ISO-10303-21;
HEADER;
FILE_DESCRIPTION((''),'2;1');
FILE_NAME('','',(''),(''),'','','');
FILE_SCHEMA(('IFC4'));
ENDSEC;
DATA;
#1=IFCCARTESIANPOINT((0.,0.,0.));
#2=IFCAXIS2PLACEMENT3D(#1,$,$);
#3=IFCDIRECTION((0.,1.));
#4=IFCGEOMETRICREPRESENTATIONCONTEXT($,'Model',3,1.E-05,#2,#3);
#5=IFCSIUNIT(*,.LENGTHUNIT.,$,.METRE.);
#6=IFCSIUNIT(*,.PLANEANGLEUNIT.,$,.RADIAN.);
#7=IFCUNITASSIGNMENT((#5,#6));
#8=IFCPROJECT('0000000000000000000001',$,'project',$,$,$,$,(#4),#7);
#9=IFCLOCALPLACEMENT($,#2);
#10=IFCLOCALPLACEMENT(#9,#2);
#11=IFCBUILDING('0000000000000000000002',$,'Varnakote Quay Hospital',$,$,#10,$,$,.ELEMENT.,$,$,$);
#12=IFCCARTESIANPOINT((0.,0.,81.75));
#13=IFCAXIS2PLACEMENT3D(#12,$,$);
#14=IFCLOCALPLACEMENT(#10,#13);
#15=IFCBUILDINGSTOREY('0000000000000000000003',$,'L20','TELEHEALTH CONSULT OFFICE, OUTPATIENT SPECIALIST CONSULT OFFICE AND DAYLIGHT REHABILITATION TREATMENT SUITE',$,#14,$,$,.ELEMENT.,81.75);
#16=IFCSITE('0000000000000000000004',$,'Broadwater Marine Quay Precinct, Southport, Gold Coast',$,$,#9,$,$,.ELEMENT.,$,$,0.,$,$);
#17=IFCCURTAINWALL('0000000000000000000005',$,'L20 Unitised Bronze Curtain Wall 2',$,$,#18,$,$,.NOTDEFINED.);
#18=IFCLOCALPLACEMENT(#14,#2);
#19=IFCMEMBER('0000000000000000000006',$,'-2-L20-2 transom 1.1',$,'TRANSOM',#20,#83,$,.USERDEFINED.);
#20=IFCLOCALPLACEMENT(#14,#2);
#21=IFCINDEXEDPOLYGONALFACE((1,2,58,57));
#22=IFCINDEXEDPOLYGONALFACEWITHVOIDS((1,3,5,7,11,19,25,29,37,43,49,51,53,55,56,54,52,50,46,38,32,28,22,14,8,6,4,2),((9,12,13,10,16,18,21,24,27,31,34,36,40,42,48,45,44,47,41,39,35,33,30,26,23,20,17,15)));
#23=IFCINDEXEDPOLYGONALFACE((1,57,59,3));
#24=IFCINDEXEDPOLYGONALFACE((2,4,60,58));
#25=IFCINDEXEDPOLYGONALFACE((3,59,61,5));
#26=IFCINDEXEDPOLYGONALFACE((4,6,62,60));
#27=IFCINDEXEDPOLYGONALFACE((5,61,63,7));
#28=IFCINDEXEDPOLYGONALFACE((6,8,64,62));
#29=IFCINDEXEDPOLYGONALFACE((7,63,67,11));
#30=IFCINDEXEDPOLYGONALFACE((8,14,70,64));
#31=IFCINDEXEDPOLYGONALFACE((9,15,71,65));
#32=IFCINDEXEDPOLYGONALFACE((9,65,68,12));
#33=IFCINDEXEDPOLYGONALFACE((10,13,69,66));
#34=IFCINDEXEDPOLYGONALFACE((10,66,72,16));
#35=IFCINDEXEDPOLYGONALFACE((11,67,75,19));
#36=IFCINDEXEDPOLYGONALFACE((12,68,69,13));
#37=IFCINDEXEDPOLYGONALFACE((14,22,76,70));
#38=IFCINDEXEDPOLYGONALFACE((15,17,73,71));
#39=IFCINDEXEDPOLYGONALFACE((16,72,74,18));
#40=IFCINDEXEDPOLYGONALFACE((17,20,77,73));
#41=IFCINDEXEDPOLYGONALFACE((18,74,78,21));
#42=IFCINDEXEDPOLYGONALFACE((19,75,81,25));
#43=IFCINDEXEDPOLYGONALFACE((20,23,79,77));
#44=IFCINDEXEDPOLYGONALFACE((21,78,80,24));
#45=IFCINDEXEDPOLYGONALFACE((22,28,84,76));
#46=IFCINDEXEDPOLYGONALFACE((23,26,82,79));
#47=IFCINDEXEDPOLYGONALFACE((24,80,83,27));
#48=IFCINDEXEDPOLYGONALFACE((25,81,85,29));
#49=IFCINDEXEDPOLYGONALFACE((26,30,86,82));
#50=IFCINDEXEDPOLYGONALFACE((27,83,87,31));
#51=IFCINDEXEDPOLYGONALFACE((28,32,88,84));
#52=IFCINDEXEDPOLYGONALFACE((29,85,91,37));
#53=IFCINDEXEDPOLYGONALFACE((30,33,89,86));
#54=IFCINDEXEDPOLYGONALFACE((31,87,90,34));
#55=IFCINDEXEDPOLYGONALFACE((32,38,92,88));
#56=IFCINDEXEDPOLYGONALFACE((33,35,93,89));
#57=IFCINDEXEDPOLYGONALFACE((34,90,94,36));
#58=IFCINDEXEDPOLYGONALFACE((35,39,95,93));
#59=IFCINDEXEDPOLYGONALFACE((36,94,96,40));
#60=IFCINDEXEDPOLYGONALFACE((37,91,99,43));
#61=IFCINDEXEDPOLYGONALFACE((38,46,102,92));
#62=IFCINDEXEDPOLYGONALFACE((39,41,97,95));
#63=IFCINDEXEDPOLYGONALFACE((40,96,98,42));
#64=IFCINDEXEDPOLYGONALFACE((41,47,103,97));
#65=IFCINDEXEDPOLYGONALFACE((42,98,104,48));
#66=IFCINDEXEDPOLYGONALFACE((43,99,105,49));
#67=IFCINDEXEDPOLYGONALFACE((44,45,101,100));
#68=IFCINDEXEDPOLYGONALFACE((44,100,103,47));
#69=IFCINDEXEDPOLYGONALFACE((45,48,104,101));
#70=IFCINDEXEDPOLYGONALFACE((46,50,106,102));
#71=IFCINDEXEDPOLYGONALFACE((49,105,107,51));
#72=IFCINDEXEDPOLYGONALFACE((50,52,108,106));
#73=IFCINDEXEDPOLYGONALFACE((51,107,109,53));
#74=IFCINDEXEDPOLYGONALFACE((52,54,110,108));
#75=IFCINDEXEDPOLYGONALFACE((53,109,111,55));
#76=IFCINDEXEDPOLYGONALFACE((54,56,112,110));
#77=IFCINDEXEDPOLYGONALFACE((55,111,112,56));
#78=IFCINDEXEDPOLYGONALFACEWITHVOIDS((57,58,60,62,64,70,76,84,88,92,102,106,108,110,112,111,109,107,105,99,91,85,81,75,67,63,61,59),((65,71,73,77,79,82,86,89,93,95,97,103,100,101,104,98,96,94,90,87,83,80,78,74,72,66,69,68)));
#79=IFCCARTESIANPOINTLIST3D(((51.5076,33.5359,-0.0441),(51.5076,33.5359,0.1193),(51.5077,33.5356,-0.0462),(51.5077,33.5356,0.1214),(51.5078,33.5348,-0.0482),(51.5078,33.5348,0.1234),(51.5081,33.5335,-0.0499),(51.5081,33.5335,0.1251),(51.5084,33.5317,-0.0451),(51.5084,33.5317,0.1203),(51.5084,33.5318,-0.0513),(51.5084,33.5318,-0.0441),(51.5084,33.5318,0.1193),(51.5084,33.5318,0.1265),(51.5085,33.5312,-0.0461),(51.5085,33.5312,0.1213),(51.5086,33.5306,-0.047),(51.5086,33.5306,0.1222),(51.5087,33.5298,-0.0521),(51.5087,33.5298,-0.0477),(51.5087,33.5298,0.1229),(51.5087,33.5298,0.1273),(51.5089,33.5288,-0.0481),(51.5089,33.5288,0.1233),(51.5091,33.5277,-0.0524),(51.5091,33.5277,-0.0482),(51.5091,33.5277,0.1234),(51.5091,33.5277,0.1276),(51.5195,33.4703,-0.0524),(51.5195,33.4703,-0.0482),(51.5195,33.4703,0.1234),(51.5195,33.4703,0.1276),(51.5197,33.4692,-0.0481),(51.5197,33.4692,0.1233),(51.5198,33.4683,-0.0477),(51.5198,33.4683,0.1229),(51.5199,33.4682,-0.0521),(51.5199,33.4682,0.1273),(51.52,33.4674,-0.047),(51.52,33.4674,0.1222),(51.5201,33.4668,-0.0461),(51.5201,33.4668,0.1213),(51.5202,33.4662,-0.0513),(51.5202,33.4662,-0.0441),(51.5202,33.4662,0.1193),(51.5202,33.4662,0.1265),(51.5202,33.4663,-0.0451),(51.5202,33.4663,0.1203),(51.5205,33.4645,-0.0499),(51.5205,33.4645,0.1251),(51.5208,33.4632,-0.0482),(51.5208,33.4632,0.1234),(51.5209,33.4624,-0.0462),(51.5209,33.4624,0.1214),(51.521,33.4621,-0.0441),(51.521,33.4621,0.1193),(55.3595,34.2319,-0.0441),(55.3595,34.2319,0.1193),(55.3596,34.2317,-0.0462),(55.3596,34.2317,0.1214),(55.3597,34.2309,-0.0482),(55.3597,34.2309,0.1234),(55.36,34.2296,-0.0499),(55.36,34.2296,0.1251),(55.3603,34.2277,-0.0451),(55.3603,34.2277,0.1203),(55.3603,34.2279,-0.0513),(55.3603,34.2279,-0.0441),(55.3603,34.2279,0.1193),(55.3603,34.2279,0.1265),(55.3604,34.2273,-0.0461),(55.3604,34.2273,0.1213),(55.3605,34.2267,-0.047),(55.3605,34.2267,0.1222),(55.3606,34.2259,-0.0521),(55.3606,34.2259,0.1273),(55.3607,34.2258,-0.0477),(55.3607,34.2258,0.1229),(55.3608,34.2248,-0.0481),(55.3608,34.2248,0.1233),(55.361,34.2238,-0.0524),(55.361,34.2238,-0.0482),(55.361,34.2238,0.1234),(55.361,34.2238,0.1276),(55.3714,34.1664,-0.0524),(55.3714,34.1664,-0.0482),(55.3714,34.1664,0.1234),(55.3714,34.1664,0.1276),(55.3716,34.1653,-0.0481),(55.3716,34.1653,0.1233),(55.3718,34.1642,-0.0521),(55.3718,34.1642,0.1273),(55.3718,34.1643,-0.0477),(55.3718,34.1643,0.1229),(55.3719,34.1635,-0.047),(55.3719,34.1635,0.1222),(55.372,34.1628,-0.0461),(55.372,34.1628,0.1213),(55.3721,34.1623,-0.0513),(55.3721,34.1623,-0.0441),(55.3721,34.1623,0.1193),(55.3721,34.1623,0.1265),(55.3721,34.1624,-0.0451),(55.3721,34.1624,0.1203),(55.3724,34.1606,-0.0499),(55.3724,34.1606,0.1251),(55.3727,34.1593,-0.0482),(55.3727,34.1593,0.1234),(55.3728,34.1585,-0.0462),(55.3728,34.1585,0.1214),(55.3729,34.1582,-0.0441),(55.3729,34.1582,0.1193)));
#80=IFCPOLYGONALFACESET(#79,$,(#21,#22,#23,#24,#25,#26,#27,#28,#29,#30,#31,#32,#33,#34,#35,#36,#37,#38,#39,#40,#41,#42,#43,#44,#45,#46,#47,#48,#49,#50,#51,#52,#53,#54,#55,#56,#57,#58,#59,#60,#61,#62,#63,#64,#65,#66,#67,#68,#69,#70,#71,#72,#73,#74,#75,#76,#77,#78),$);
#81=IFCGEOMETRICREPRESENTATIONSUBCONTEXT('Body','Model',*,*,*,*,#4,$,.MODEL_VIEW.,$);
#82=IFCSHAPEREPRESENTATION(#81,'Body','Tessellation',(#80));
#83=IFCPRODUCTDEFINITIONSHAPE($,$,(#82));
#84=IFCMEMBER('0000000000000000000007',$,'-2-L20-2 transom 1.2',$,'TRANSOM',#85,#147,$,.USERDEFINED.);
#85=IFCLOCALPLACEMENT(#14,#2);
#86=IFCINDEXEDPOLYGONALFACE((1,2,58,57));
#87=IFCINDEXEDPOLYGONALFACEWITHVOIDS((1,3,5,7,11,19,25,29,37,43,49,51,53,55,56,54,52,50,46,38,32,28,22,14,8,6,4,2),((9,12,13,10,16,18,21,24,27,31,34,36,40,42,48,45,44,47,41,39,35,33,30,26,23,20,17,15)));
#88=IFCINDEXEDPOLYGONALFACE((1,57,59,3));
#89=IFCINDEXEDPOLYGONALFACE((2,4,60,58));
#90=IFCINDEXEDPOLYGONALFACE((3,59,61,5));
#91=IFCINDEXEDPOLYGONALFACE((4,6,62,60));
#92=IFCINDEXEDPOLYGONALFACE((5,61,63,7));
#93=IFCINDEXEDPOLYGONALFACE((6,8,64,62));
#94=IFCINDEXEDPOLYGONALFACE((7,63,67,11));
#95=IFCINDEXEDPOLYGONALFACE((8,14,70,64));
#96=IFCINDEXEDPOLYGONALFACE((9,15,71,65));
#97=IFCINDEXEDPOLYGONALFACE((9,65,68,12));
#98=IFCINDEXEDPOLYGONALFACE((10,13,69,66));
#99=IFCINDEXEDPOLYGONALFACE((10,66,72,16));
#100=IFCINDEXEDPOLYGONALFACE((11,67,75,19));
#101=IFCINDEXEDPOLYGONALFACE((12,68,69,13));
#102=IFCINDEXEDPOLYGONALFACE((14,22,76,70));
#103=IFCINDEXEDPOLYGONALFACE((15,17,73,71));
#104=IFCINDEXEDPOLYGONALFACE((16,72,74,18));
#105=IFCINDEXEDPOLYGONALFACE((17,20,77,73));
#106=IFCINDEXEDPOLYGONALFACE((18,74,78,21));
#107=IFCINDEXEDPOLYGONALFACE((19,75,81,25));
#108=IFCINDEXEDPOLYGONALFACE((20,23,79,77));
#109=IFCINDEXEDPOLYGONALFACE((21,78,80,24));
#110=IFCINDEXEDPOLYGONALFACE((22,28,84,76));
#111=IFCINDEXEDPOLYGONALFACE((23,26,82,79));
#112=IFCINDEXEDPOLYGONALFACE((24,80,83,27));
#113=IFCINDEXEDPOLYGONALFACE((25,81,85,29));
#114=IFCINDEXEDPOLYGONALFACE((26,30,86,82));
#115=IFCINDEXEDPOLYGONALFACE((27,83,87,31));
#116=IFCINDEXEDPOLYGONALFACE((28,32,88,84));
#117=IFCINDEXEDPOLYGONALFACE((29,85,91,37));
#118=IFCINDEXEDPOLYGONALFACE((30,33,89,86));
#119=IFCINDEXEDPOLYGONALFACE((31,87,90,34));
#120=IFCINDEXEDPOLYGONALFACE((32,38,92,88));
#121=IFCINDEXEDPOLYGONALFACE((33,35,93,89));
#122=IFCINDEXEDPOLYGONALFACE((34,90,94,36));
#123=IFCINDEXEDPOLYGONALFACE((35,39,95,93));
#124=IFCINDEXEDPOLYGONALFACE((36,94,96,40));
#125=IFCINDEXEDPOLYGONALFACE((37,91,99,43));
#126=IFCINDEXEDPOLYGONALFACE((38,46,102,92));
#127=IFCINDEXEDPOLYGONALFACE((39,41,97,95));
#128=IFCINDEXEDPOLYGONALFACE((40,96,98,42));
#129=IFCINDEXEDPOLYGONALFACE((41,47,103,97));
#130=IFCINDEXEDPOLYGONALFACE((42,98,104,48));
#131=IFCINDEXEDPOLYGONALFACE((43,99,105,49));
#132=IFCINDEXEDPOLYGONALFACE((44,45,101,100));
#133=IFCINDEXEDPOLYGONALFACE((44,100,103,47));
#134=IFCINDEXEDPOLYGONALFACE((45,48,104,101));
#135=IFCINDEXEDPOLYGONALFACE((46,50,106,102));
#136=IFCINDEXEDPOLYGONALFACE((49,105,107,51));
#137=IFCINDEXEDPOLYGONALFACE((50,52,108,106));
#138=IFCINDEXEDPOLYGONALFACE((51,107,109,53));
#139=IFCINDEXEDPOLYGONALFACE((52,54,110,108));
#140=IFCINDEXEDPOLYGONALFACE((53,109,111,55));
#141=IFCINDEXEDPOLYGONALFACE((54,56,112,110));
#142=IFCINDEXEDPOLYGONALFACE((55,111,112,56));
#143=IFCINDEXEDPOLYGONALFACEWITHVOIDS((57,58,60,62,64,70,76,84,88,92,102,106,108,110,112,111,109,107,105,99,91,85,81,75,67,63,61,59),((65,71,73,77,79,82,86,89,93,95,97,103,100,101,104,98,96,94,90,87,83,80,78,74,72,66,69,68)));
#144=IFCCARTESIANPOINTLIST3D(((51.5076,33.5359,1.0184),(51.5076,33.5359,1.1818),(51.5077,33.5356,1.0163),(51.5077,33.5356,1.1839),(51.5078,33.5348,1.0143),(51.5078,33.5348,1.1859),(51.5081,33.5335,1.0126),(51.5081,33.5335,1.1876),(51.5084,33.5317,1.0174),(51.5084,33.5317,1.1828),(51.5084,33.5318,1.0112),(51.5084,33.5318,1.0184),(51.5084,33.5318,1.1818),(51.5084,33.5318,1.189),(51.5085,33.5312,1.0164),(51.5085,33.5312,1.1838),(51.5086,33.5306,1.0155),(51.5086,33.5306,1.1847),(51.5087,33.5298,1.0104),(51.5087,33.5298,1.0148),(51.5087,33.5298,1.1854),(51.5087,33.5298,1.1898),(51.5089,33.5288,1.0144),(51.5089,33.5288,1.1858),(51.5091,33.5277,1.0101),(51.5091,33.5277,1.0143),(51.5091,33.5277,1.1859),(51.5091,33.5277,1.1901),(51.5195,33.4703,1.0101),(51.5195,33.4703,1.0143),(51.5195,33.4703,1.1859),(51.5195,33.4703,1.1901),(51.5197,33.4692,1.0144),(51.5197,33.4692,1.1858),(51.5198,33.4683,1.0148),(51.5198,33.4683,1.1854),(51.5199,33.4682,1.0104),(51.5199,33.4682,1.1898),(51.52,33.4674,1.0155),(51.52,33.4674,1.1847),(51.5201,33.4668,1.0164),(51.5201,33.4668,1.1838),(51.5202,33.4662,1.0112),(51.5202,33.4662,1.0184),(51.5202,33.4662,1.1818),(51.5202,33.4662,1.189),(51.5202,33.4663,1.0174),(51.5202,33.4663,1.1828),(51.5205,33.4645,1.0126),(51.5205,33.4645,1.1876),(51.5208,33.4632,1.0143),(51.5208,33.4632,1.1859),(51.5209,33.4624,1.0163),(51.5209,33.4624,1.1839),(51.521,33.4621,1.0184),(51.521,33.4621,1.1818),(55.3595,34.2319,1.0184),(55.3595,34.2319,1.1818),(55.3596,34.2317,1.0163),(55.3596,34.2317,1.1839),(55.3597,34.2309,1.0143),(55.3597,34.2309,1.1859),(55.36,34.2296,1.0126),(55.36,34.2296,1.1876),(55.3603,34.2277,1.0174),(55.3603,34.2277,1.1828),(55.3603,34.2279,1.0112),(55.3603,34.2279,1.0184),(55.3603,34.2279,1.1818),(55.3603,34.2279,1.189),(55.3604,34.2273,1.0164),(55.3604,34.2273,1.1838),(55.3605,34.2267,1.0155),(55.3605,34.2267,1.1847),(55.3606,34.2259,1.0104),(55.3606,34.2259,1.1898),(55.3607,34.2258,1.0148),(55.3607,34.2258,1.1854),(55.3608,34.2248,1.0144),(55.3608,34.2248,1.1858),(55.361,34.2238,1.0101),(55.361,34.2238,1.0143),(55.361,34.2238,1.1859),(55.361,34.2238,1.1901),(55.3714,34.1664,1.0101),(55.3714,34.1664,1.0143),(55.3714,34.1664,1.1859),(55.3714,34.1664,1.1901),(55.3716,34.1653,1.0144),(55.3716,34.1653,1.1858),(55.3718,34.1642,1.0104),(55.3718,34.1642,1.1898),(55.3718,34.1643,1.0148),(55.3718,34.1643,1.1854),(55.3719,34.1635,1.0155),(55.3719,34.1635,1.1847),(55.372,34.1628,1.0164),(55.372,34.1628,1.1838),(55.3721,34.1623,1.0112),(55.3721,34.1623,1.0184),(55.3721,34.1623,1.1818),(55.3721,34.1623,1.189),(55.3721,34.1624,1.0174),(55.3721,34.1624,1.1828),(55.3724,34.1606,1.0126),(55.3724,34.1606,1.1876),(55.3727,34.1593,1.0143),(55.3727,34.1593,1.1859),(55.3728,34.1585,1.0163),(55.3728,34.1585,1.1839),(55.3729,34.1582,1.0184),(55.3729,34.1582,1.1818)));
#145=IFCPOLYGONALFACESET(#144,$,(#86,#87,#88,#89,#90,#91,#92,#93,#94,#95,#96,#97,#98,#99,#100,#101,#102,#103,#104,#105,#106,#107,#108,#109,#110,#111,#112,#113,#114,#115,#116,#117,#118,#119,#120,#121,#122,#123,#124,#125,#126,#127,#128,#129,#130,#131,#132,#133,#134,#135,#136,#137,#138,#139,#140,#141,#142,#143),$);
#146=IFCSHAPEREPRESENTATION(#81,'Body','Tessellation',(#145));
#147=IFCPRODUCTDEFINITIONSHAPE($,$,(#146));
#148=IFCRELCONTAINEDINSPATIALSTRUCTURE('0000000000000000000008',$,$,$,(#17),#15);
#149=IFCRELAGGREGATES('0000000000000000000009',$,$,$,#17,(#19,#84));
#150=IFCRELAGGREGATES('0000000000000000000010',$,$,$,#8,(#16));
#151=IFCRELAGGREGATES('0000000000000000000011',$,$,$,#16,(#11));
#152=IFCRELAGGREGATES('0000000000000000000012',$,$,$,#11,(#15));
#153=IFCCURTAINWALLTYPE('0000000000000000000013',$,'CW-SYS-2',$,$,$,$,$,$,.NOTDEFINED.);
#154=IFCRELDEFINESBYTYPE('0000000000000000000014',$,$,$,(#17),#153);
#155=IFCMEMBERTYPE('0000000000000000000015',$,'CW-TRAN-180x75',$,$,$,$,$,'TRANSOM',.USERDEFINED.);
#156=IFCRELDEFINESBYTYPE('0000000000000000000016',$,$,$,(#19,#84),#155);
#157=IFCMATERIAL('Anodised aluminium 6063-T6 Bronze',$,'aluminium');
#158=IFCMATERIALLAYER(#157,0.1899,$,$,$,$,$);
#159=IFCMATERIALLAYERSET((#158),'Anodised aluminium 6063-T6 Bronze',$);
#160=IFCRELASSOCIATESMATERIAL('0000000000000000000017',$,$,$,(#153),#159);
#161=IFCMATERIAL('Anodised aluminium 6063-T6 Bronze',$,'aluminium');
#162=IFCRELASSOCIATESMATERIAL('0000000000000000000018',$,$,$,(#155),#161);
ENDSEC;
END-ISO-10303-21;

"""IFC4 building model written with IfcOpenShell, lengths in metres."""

from ifc_helpers import new_model, si_unit, direction, frame, origin, origin_2d, place, context, subcontext, project, spatial, hollow_rectangle, extrude, material, layer, layer_set, material_profile, profile_set, type_object, element, aggregate, save


model = new_model("IFC4")

# Units and contexts
model_context = context("Model", 3, precision=1e-05, world=origin(), true_north=direction((0.0, 1.0)))
body_context = subcontext(model_context, "Body", "Model", "MODEL_VIEW")
ifc_project = project(units=[si_unit("LENGTHUNIT", "METRE"), si_unit("PLANEANGLEUNIT", "RADIAN")], contexts=[model_context])

# Site, building, storey
site_placement = place(None, origin())
site = spatial("IfcSite", under=ifc_project, at=site_placement, Name="Broadwater Marine Quay Precinct, Southport, Gold Coast", CompositionType="ELEMENT", RefElevation=0.0)
building_placement = place(site_placement, origin())
building = spatial("IfcBuilding", under=site, at=building_placement, Name="Varnakote Quay Hospital", CompositionType="ELEMENT")
storey_placement = place(building_placement, frame((0.0, 0.0, 81.75)))
storey = spatial("IfcBuildingStorey", under=building, at=storey_placement, Name="L20", Description="TELEHEALTH CONSULT OFFICE, OUTPATIENT SPECIALIST CONSULT OFFICE AND DAYLIGHT REHABILITATION TREATMENT SUITE", CompositionType="ELEMENT", Elevation=81.75)

# Shared definitions
ifc_material_1 = material(Name="Anodised aluminium 6063-T6 Bronze", Category="aluminium")
ifc_layer_1 = layer(ifc_material_1, 0.1899)
ifc_layer_set_1 = layer_set([ifc_layer_1], Name="Anodised aluminium 6063-T6 Bronze")
curtain_wall_type = type_object("IfcCurtainWallType", Name="CW-SYS-2", PredefinedType="NOTDEFINED", material=ifc_layer_set_1)

# Curtain wall
curtain_wall_1_placement = place(storey_placement, origin())
curtain_wall_1 = element("IfcCurtainWall", 1, at=curtain_wall_1_placement, inside=storey, type_object=curtain_wall_type, Name="L20 Unitised Bronze Curtain Wall 2", PredefinedType="NOTDEFINED")

# Members
ifc_material_2 = material(Name="Anodised aluminium 6063-T6 Bronze", Category="aluminium")
ifc_material_profile_1 = material_profile(ifc_material_2, hollow_rectangle(XDim=0.075, YDim=0.1799, WallThickness=0.0042, InnerFilletRadius=0.0042, OuterFilletRadius=0.0083, at=origin_2d()), Name="CW-TRAN-180x75")
ifc_profile_set_1 = profile_set([ifc_material_profile_1], Name="Anodised aluminium 6063-T6 Bronze")
member_type_1 = type_object("IfcMemberType", Name="CW-TRAN-180x75", ElementType="TRANSOM", PredefinedType="USERDEFINED", material=ifc_profile_set_1)
member_1_placement = place(storey_placement, frame((55.3662, 34.1951, 0.0376), z_axis=(-0.984062, -0.177826, 0.0), x_axis=(0.177826, -0.984062, 0.0)))
member_1 = element("IfcMember", 2, at=member_1_placement, type_object=member_type_1, Name="-2-L20-2 transom 1.1", ObjectType="TRANSOM", PredefinedType="USERDEFINED", context=body_context, shape_type="SweptSolid", body=[
    extrude(hollow_rectangle(XDim=0.075, YDim=0.1799, WallThickness=0.0042, InnerFilletRadius=0.0042, OuterFilletRadius=0.0083, at=origin_2d()), origin(), (0.0, 0.0, 1.0), 3.9143),
])
member_2_placement = place(storey_placement, frame((55.3662, 34.1951, 1.1001), z_axis=(-0.984062, -0.177826, 0.0), x_axis=(0.177826, -0.984062, 0.0)))
member_2 = element("IfcMember", 3, at=member_2_placement, type_object=member_type_1, Name="-2-L20-2 transom 1.2", ObjectType="TRANSOM", PredefinedType="USERDEFINED", context=body_context, shape_type="SweptSolid", body=[
    extrude(hollow_rectangle(XDim=0.075, YDim=0.1799, WallThickness=0.0042, InnerFilletRadius=0.0042, OuterFilletRadius=0.0083, at=origin_2d()), origin(), (0.0, 0.0, 1.0), 3.9143),
])

aggregate(curtain_wall_1, [member_1, member_2])

save(model, "model.ifc")
